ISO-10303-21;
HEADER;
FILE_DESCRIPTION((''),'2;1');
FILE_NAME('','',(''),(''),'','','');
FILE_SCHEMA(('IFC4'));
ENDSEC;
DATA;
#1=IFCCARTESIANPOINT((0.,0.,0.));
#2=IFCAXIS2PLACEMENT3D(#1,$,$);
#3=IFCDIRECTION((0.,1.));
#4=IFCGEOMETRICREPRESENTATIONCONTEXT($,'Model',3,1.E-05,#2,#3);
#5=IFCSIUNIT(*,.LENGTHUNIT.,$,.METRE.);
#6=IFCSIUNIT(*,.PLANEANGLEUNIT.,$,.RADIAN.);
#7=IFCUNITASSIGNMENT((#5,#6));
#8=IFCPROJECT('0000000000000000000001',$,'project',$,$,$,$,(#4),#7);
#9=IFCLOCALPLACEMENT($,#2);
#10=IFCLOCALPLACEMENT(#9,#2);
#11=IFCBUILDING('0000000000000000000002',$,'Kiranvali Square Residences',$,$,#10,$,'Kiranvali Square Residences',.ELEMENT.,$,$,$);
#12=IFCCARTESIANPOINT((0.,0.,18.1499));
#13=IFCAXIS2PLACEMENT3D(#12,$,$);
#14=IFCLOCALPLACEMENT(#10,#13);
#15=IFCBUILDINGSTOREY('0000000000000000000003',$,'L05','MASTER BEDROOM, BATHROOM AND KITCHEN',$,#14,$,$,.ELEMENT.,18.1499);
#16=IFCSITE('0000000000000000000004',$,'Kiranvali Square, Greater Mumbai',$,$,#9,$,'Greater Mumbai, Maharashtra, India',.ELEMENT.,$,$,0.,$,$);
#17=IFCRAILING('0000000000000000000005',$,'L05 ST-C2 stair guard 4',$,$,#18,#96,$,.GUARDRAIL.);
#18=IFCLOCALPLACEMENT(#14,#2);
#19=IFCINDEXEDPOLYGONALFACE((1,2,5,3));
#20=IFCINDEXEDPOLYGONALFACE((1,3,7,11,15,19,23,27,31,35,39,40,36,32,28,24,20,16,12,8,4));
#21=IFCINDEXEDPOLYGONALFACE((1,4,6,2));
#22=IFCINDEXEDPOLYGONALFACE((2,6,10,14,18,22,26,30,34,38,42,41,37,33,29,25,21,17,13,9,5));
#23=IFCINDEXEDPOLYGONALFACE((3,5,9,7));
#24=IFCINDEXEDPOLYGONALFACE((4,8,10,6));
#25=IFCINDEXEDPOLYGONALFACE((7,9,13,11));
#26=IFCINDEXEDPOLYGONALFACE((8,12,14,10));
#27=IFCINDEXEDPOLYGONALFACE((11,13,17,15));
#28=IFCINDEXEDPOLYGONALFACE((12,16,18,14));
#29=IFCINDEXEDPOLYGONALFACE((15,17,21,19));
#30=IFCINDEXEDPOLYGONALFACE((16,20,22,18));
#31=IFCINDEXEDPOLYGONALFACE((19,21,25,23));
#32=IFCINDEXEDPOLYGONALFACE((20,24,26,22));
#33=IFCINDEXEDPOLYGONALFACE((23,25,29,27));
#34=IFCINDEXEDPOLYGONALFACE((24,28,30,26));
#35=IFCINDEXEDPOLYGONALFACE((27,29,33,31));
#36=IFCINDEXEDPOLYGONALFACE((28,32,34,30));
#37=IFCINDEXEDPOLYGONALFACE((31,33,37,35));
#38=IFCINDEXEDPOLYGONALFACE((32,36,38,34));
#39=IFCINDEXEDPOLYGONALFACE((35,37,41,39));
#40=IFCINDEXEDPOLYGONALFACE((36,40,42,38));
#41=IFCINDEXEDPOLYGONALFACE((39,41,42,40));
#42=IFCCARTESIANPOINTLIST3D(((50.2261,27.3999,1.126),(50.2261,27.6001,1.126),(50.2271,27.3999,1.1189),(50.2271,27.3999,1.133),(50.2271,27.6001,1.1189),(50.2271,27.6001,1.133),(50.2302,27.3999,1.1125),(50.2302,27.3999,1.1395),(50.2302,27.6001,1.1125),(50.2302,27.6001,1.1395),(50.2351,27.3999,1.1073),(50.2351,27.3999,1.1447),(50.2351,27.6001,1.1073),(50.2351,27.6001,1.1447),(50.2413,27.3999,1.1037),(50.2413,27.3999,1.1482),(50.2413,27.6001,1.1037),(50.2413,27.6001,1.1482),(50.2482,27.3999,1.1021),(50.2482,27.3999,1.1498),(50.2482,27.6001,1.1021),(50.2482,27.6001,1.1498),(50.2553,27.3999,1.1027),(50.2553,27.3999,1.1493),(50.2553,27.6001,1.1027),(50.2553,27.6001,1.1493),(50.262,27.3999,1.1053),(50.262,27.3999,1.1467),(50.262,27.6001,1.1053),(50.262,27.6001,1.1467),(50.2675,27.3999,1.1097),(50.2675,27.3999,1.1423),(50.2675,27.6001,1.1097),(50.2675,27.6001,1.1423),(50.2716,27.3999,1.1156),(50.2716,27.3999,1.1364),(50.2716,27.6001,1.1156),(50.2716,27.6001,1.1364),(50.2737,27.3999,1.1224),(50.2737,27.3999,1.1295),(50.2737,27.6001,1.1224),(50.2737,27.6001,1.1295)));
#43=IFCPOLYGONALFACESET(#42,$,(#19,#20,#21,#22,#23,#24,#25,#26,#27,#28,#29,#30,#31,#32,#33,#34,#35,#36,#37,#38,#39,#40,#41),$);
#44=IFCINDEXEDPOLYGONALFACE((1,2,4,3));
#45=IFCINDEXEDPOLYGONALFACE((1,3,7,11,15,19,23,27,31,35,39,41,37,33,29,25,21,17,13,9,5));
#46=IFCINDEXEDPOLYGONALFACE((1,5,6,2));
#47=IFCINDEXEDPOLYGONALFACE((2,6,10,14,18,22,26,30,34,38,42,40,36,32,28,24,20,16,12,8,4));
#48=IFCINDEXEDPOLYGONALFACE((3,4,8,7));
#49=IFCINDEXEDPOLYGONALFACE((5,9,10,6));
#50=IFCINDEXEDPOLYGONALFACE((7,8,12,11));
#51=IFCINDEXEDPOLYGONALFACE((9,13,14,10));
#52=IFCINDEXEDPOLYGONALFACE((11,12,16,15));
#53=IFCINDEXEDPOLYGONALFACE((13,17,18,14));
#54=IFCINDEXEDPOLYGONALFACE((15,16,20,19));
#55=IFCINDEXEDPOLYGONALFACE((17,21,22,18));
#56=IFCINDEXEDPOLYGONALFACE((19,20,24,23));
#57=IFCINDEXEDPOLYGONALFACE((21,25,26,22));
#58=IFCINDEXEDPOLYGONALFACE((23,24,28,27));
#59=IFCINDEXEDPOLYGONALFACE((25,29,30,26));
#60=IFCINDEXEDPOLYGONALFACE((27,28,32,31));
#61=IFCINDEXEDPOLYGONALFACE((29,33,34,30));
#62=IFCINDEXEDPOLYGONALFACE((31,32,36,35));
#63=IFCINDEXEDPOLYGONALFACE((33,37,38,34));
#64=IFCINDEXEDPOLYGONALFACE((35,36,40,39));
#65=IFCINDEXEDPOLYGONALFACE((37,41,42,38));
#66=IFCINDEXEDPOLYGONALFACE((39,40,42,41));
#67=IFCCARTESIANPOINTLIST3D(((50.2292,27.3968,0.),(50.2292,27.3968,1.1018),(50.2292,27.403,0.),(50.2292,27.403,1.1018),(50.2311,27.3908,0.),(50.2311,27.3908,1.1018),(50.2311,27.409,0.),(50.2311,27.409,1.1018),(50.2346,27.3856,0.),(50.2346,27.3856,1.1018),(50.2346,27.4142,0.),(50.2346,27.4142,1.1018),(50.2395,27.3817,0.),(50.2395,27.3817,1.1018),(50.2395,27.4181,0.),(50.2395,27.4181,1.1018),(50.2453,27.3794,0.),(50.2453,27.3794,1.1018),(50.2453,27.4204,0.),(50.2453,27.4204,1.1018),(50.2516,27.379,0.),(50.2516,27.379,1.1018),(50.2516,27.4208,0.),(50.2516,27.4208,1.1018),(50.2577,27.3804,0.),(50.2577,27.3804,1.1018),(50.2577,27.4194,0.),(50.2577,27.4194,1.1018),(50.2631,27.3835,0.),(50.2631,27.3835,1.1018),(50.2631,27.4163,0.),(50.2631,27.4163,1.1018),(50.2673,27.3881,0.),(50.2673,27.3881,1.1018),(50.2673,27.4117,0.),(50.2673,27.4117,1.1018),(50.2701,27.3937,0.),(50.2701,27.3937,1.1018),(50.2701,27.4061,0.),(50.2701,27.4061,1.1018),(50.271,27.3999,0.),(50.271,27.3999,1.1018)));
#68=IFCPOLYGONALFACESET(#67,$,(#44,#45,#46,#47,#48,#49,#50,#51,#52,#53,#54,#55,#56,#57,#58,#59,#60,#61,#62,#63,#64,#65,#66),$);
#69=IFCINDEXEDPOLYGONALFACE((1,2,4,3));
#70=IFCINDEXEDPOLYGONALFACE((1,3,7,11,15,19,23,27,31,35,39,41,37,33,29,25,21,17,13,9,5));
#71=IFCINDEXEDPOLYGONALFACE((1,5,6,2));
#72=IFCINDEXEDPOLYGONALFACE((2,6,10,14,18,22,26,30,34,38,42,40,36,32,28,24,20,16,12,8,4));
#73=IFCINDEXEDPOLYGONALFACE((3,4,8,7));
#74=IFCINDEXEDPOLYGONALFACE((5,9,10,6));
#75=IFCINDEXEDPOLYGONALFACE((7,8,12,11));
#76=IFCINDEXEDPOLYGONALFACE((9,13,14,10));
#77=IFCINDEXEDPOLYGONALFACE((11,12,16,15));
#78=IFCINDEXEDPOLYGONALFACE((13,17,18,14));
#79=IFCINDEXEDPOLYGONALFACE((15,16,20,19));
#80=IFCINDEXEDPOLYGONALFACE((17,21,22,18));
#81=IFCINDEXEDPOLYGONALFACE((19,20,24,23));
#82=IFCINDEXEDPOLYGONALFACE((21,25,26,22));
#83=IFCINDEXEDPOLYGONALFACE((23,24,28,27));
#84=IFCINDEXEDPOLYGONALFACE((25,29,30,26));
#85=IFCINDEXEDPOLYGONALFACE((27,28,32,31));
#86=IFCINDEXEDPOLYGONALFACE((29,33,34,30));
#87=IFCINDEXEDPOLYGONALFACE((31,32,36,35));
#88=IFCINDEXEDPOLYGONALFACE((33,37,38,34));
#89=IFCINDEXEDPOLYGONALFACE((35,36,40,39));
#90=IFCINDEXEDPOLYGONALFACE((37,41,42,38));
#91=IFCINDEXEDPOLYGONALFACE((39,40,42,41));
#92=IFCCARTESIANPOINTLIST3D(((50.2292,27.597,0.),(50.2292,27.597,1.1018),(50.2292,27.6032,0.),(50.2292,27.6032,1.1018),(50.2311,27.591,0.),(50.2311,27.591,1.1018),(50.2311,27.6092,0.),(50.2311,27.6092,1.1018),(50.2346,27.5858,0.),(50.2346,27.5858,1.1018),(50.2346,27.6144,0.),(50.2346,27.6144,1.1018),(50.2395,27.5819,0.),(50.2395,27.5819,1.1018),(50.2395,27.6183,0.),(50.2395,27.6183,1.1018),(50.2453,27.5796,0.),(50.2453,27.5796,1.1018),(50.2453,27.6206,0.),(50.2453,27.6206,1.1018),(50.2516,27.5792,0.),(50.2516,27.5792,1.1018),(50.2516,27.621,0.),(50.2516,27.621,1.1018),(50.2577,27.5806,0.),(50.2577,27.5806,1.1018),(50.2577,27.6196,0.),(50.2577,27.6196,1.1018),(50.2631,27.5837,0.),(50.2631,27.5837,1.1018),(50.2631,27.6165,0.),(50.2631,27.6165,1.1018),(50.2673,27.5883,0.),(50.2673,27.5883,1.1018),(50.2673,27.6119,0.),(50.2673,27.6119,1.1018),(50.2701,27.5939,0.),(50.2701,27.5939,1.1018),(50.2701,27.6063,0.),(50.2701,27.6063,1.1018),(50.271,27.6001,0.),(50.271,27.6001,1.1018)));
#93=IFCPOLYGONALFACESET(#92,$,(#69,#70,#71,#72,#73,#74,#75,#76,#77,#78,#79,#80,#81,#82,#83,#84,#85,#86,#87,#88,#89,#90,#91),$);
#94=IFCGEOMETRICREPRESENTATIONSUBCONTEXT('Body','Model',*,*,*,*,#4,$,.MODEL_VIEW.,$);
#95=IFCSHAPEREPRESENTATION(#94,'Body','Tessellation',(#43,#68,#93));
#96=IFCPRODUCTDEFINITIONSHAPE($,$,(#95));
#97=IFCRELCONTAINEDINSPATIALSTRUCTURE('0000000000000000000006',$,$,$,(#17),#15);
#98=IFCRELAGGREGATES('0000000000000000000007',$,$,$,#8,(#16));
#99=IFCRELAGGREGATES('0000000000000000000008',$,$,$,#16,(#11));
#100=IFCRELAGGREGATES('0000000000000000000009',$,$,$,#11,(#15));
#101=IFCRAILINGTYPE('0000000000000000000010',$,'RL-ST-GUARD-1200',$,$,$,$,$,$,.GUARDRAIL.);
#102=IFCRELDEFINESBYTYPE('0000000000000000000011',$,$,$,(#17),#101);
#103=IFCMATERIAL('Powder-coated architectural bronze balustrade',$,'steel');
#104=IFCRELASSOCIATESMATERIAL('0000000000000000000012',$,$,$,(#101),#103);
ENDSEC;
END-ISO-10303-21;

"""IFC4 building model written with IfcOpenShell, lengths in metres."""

from ifc_helpers import new_model, si_unit, direction, frame, origin, origin_2d, place, context, subcontext, project, spatial, circle, extrude, material, type_object, element, save


model = new_model("IFC4")

# Units and contexts
model_context = context("Model", 3, precision=1e-05, world=origin(), true_north=direction((0.0, 1.0)))
body_context = subcontext(model_context, "Body", "Model", "MODEL_VIEW")
ifc_project = project(units=[si_unit("LENGTHUNIT", "METRE"), si_unit("PLANEANGLEUNIT", "RADIAN")], contexts=[model_context])

# Site, building, storey
site_placement = place(None, origin())
site = spatial("IfcSite", under=ifc_project, at=site_placement, Name="Kiranvali Square, Greater Mumbai", LongName="Greater Mumbai, Maharashtra, India", CompositionType="ELEMENT", RefElevation=0.0)
building_placement = place(site_placement, origin())
building = spatial("IfcBuilding", under=site, at=building_placement, Name="Kiranvali Square Residences", LongName="Kiranvali Square Residences", CompositionType="ELEMENT")
storey_placement = place(building_placement, frame((0.0, 0.0, 18.1499)))
storey = spatial("IfcBuildingStorey", under=building, at=storey_placement, Name="L05", Description="MASTER BEDROOM, BATHROOM AND KITCHEN", CompositionType="ELEMENT", Elevation=18.1499)

# Railing
ifc_material_1 = material(Name="Powder-coated architectural bronze balustrade", Category="steel")
railing_type_1 = type_object("IfcRailingType", Name="RL-ST-GUARD-1200", PredefinedType="GUARDRAIL", material=ifc_material_1)
railing_1_placement = place(storey_placement, frame((50.25, 27.3999, 0.0)))
element("IfcRailing", 1, at=railing_1_placement, inside=storey, type_object=railing_type_1, Name="L05 ST-C2 stair guard 4", PredefinedType="GUARDRAIL", context=body_context, shape_type="SweptSolid", body=[
    extrude(circle(Radius=0.0239, at=origin_2d()), frame((0.0, 0.0, 1.126), z_axis=(0.0, 1.0, 0.0), x_axis=(-1.0, 0.0, 0.0)), (0.0, 0.0, 1.0), 0.2002),
    extrude(circle(Radius=0.021, at=origin_2d()), origin(), (0.0, 0.0, 1.0), 1.1018),
    extrude(circle(Radius=0.021, at=origin_2d()), frame((0.0, 0.2002, 0.0)), (0.0, 0.0, 1.0), 1.1018),
])

save(model, "model.ifc")
